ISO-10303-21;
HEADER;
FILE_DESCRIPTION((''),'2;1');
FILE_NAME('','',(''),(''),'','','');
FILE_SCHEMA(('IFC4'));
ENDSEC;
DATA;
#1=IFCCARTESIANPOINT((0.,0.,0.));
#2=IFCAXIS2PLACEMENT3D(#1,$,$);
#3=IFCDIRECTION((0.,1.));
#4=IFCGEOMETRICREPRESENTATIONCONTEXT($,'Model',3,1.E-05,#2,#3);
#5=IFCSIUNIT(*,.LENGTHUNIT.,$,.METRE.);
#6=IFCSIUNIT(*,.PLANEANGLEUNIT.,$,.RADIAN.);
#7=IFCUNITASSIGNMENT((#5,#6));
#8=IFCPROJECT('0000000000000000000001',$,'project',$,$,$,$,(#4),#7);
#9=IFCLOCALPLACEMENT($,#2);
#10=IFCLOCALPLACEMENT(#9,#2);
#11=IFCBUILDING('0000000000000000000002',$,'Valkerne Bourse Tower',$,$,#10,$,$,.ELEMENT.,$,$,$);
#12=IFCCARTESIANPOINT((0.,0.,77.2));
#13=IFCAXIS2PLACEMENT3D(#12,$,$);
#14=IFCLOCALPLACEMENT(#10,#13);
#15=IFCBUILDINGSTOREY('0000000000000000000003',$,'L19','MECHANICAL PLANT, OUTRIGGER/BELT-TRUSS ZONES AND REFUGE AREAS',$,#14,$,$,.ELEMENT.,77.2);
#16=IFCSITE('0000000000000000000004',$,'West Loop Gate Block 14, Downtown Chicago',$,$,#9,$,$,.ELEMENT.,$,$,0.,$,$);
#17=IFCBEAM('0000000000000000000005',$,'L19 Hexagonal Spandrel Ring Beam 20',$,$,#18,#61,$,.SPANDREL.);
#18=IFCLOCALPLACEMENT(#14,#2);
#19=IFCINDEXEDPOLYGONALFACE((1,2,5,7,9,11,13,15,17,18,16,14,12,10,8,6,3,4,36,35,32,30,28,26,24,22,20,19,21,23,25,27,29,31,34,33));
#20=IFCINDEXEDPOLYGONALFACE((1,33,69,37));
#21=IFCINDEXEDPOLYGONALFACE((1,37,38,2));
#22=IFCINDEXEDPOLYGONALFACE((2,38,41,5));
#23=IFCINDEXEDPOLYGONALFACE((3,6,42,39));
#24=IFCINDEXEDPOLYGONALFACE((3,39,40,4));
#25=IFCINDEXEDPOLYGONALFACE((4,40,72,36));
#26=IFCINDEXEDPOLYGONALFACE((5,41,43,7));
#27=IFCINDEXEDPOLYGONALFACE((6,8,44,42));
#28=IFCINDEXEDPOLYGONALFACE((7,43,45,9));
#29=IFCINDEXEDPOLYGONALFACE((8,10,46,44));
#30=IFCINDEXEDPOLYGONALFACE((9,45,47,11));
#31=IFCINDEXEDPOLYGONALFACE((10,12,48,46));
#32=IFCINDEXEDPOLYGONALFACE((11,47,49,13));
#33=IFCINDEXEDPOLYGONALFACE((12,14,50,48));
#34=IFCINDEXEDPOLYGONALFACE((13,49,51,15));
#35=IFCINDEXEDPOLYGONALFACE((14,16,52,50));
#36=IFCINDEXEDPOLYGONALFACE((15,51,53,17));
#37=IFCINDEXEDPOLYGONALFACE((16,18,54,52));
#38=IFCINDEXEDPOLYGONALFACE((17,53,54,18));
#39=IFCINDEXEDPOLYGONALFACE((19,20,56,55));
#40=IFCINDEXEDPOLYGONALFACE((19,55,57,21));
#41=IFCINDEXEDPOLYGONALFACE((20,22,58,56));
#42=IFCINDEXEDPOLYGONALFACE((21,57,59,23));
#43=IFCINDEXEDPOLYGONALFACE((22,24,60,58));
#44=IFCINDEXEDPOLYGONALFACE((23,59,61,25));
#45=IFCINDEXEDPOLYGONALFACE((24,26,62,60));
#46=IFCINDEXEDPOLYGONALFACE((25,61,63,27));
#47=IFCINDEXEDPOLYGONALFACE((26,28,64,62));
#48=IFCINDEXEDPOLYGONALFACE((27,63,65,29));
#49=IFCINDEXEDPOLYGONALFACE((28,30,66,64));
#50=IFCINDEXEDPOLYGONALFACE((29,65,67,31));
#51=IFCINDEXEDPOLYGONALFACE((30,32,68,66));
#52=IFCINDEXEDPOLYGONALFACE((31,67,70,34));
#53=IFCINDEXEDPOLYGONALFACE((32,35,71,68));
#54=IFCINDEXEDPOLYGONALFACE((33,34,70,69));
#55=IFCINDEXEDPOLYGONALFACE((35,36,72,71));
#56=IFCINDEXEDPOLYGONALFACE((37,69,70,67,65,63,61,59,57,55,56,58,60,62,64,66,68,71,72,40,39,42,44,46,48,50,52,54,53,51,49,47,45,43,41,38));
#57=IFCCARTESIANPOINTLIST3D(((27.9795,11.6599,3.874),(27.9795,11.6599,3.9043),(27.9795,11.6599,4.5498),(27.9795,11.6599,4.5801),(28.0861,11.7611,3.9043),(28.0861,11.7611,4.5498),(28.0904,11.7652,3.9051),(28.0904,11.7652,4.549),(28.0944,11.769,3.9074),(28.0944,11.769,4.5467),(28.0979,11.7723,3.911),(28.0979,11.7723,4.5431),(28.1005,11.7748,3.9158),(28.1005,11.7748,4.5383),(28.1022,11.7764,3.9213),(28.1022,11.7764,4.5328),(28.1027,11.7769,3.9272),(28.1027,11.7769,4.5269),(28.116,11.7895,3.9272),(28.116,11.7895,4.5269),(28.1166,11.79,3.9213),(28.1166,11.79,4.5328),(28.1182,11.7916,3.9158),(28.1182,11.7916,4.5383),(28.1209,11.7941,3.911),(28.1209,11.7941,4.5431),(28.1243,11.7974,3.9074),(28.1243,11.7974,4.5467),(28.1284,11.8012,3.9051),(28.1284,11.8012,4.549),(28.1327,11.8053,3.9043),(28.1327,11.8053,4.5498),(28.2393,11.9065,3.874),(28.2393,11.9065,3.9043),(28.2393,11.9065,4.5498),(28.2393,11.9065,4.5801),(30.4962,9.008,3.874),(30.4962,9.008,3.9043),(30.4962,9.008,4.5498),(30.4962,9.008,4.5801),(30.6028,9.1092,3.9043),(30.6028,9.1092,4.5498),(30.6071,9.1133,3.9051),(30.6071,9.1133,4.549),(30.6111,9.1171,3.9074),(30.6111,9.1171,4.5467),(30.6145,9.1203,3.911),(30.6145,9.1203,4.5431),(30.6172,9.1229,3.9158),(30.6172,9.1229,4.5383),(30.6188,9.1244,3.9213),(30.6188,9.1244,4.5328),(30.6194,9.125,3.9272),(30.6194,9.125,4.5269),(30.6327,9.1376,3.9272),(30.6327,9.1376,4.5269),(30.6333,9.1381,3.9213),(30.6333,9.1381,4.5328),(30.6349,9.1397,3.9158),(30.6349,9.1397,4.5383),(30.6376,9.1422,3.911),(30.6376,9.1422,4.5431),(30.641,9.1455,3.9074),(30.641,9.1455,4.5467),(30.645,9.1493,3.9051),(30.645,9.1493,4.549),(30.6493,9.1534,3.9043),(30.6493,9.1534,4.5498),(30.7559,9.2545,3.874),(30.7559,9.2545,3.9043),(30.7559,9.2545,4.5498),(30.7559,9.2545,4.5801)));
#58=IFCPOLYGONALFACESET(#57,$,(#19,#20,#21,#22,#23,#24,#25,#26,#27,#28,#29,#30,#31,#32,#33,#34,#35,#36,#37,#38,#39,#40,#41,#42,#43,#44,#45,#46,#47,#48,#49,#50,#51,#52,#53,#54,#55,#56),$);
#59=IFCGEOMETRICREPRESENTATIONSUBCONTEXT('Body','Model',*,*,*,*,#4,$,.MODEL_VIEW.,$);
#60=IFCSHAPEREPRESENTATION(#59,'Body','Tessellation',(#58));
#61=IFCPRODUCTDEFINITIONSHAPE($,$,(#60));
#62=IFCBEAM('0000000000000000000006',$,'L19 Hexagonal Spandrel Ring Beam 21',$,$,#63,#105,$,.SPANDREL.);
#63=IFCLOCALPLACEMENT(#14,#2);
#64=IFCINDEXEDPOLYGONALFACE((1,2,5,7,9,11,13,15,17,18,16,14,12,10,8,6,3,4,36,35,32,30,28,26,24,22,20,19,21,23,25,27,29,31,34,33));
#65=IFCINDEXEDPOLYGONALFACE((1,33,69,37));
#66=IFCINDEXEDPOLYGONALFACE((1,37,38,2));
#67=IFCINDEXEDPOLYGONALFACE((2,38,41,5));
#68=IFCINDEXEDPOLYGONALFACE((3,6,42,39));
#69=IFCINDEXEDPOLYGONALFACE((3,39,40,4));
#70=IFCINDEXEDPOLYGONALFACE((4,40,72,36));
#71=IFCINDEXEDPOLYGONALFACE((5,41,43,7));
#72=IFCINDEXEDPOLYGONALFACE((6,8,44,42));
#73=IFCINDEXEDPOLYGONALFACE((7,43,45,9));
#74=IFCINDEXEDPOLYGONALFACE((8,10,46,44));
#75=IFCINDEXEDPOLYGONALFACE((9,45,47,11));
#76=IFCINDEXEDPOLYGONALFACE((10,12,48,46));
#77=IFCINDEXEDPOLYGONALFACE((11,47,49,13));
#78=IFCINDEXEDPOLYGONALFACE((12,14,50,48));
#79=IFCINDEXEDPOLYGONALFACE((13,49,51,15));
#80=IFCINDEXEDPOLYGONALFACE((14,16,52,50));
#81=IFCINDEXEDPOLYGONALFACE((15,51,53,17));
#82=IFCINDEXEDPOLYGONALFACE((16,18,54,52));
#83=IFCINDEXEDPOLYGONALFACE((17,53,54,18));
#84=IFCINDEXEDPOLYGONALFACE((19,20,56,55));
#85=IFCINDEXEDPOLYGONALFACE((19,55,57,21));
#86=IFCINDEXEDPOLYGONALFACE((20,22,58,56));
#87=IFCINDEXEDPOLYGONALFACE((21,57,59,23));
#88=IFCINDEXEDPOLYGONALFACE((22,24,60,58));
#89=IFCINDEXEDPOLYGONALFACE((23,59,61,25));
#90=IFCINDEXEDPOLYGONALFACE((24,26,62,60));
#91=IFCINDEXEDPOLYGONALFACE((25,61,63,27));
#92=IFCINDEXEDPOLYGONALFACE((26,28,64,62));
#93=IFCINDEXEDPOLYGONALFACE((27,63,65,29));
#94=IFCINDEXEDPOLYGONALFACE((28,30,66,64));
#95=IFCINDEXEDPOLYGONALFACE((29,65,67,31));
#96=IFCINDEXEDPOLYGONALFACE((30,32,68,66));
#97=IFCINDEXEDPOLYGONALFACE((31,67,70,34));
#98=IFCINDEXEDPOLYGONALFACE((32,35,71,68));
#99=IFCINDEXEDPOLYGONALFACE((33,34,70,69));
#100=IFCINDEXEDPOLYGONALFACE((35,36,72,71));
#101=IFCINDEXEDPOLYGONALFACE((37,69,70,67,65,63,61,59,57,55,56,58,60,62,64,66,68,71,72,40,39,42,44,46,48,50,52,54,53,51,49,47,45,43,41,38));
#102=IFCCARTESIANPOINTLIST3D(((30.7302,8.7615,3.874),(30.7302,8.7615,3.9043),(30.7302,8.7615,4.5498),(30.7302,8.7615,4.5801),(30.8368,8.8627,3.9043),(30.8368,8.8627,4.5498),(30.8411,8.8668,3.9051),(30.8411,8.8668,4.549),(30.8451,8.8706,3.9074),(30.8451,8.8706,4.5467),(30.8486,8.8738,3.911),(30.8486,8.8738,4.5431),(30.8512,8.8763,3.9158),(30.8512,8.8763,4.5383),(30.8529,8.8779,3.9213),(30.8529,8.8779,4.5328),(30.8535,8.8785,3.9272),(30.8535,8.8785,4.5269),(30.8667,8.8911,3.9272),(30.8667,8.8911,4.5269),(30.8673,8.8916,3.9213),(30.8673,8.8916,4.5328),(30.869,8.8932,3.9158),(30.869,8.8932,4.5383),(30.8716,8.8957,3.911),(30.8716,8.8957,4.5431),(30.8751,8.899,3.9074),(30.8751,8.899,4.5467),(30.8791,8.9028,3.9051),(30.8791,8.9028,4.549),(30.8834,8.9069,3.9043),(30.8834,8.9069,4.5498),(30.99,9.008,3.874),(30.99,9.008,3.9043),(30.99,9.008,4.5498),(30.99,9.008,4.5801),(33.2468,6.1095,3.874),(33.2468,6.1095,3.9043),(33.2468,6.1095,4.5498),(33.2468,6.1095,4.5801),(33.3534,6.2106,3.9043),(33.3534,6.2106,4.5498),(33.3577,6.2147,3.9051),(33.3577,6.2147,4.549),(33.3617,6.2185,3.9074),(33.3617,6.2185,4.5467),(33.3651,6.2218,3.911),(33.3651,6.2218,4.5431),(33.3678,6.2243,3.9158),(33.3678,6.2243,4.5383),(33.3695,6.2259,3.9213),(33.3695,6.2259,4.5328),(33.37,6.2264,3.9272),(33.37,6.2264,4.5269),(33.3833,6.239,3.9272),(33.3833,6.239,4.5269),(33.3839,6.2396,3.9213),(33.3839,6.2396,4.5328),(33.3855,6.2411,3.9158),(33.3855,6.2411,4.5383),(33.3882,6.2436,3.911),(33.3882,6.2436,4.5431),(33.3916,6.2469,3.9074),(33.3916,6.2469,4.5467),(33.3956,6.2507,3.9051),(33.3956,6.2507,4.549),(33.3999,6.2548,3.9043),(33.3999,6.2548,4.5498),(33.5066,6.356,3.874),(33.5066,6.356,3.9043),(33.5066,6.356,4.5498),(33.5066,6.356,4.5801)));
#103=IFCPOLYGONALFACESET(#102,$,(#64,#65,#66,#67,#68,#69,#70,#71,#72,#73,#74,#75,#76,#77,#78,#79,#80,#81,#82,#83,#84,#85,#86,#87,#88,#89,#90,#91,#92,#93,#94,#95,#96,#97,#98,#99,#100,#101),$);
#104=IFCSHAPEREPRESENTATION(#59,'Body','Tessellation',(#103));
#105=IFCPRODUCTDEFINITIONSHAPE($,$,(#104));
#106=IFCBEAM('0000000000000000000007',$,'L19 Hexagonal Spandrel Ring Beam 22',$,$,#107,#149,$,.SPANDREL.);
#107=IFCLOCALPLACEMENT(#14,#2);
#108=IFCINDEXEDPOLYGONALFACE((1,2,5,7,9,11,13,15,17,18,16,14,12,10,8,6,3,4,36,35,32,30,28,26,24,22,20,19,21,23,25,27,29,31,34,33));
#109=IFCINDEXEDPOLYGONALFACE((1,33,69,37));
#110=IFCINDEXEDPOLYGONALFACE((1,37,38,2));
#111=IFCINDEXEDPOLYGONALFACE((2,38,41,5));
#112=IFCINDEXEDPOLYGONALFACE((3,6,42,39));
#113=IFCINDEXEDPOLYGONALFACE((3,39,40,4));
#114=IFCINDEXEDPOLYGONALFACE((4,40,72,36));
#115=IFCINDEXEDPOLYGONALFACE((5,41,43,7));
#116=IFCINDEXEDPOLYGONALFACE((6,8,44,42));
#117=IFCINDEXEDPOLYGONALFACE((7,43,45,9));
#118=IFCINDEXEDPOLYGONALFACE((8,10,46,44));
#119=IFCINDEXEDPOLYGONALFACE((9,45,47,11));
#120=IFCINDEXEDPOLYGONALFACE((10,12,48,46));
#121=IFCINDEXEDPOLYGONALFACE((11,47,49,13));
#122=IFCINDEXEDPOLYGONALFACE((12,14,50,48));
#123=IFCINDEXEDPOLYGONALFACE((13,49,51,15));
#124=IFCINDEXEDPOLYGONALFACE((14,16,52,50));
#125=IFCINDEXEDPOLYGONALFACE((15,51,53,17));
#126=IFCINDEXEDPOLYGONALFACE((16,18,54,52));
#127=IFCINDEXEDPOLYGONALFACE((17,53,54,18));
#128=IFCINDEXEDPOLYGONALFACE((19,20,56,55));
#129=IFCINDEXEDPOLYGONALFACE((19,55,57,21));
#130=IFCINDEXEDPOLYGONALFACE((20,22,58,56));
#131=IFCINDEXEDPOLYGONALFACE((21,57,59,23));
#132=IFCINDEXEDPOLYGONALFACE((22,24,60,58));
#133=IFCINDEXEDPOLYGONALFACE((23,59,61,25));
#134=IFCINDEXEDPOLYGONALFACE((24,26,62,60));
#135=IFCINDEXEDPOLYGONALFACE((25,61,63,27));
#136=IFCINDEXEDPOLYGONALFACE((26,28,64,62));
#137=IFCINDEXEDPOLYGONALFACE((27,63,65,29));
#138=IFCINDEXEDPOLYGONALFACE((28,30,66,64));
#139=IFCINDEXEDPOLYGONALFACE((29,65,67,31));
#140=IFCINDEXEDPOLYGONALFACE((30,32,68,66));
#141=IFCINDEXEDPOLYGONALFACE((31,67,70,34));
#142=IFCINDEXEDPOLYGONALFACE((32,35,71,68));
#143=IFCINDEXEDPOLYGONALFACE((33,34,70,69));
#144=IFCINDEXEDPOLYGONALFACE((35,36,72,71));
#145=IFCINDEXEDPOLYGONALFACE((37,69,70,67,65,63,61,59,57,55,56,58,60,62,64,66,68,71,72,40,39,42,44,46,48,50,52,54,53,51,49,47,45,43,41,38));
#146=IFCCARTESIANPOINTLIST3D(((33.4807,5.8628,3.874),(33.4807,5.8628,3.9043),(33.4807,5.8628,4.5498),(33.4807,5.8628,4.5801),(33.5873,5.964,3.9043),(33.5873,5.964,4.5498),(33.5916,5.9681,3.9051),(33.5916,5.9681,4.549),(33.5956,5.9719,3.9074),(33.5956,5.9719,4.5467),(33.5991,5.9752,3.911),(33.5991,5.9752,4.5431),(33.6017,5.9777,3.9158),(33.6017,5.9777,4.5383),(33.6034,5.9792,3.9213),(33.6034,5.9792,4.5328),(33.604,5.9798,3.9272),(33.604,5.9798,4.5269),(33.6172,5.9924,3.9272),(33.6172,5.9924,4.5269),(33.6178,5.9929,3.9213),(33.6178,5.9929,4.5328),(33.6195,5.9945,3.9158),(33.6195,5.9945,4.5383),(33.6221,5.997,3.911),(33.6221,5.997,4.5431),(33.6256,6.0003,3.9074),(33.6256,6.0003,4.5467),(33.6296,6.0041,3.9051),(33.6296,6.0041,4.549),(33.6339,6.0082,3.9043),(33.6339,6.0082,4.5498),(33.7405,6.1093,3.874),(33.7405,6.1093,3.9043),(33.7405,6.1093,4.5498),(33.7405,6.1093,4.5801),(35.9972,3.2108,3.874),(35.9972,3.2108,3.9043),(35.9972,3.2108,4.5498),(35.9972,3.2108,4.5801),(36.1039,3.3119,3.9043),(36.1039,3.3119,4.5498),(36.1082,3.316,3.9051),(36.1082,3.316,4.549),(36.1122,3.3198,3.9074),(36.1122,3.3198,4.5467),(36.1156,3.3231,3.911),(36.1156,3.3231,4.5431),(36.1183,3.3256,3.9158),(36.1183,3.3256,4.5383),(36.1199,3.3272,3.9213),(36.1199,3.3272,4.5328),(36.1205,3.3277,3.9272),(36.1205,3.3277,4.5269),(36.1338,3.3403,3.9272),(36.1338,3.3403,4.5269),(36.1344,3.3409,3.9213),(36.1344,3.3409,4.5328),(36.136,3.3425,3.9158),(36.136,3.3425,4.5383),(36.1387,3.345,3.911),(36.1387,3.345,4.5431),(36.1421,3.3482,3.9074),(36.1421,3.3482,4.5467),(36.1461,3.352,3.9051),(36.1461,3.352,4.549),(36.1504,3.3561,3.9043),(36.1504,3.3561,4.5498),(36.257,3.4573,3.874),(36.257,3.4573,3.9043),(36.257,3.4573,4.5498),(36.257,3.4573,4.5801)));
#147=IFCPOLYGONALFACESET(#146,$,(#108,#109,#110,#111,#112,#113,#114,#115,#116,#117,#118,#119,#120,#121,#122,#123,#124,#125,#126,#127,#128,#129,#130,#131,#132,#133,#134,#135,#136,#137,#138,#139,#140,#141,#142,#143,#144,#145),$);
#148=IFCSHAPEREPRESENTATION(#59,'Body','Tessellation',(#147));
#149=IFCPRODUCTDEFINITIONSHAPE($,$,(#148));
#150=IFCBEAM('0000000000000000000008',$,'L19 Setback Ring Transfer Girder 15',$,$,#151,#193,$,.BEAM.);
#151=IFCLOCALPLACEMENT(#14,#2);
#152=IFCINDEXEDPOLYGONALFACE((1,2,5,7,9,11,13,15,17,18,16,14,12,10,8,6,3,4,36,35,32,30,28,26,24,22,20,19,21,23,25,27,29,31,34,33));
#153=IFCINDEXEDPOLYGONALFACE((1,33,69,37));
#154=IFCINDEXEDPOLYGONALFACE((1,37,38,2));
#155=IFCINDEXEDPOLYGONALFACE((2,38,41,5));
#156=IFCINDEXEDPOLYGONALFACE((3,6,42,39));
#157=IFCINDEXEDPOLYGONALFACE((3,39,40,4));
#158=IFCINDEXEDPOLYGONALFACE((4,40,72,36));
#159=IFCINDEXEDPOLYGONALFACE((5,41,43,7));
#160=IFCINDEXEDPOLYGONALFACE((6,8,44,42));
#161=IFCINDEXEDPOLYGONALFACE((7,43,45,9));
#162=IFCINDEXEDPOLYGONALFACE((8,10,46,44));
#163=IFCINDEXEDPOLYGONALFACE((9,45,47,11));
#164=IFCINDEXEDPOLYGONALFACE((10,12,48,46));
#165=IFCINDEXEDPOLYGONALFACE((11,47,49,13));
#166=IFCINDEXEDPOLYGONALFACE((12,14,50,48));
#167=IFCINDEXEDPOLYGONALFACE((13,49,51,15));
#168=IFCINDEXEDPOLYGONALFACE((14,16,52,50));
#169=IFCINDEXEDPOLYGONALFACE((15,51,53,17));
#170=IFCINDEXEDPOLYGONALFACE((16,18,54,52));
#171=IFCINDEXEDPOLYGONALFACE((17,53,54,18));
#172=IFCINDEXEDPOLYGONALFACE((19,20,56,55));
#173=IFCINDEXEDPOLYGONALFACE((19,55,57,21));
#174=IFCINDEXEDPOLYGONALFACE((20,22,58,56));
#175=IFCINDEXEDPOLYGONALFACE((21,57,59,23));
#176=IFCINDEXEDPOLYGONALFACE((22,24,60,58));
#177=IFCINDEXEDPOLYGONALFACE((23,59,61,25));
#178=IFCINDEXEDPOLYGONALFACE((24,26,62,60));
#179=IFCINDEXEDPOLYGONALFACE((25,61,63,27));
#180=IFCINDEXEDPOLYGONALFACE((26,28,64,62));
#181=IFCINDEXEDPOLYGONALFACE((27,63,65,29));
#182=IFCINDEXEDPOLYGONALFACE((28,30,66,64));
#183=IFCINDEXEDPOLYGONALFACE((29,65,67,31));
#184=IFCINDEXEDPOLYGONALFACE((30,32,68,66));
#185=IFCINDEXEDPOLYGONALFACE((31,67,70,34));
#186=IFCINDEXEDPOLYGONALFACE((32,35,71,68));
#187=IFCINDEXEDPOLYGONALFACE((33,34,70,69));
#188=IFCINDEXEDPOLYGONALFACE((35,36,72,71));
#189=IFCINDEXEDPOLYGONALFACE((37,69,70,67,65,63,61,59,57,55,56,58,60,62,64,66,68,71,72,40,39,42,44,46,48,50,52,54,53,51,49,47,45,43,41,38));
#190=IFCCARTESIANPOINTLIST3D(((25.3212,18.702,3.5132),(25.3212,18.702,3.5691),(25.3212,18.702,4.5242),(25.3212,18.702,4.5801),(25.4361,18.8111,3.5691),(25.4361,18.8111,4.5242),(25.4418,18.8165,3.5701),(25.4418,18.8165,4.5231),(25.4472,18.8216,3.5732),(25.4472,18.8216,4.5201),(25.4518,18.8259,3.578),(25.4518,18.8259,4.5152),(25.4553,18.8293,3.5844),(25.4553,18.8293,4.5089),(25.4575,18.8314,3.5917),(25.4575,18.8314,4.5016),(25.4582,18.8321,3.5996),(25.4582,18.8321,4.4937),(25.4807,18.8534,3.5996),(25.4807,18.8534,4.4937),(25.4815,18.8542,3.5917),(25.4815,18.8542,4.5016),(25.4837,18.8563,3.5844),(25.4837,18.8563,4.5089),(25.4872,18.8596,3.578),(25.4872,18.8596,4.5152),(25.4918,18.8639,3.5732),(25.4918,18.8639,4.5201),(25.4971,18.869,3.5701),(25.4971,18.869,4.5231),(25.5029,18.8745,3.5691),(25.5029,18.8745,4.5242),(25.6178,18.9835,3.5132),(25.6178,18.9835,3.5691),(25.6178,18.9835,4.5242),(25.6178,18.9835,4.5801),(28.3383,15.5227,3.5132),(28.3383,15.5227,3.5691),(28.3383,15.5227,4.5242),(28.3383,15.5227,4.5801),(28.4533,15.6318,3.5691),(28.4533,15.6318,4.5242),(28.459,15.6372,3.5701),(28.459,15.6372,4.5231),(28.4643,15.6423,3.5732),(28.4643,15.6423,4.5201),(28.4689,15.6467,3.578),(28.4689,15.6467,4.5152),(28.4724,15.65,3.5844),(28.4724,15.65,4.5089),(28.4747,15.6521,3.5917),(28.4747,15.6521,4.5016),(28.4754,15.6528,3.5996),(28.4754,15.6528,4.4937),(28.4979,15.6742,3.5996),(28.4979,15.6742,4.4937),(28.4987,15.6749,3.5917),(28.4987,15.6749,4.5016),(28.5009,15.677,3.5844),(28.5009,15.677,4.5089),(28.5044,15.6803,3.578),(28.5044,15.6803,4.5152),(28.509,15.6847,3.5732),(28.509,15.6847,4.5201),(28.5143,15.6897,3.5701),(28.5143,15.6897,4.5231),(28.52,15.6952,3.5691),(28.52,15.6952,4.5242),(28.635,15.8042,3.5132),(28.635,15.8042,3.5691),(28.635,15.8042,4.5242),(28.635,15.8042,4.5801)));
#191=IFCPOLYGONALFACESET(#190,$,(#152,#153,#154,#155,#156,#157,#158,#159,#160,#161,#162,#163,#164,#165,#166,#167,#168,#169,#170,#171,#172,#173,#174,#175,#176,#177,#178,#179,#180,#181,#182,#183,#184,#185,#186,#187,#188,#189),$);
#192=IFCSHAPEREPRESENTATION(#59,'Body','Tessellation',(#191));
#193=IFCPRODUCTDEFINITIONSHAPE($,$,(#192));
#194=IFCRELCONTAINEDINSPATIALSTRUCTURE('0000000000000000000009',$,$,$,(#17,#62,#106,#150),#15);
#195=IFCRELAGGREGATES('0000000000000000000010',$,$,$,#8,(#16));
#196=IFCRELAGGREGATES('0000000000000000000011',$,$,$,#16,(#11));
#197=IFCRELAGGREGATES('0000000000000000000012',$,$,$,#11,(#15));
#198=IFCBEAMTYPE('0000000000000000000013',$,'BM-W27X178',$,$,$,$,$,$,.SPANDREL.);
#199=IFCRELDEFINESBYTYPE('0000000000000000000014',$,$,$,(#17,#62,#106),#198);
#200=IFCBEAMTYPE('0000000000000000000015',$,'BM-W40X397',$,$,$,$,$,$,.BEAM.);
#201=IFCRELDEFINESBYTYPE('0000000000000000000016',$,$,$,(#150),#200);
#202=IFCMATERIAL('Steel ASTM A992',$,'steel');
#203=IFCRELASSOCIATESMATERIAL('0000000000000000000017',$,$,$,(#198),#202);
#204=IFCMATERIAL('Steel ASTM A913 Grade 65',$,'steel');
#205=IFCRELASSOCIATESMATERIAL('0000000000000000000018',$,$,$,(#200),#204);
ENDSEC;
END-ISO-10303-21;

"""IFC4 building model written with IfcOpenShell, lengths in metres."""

from ifc_helpers import new_model, si_unit, direction, frame, origin, origin_2d, place, context, subcontext, project, spatial, i_section, extrude, material, material_profile, profile_set, type_object, element, save


model = new_model("IFC4")

# Units and contexts
model_context = context("Model", 3, precision=1e-05, world=origin(), true_north=direction((0.0, 1.0)))
body_context = subcontext(model_context, "Body", "Model", "MODEL_VIEW")
ifc_project = project(units=[si_unit("LENGTHUNIT", "METRE"), si_unit("PLANEANGLEUNIT", "RADIAN")], contexts=[model_context])

# Site, building, storey
site_placement = place(None, origin())
site = spatial("IfcSite", under=ifc_project, at=site_placement, Name="West Loop Gate Block 14, Downtown Chicago", CompositionType="ELEMENT", RefElevation=0.0)
building_placement = place(site_placement, origin())
building = spatial("IfcBuilding", under=site, at=building_placement, Name="Valkerne Bourse Tower", CompositionType="ELEMENT")
storey_placement = place(building_placement, frame((0.0, 0.0, 77.2)))
storey = spatial("IfcBuildingStorey", under=building, at=storey_placement, Name="L19", Description="MECHANICAL PLANT, OUTRIGGER/BELT-TRUSS ZONES AND REFUGE AREAS", CompositionType="ELEMENT", Elevation=77.2)

# Shared definitions
ifc_material_1 = material(Name="Steel ASTM A913 Grade 65", Category="steel")

# Beams
ifc_material_2 = material(Name="Steel ASTM A992", Category="steel")
ifc_material_profile_1 = material_profile(ifc_material_2, i_section(OverallWidth=0.3582, OverallDepth=0.7061, WebThickness=0.0183, FlangeThickness=0.0303, FilletRadius=0.0229, at=origin_2d()), Name="W27X178")
ifc_profile_set_1 = profile_set([ifc_material_profile_1], Name="Steel ASTM A992")
beam_type_1 = type_object("IfcBeamType", Name="BM-W27X178", PredefinedType="SPANDREL", material=ifc_profile_set_1)
for number, where, z_axis, x_axis, name in (
    (1, (28.1094, 11.7832, 4.2271), (0.688367, -0.725363, 0.0), (0.725363, 0.688367, 0.0), "L19 Hexagonal Spandrel Ring Beam 20"),
    (2, (30.8601, 8.8848, 4.2271), (0.688333, -0.725394, 0.0), (0.725394, 0.688333, 0.0), "L19 Hexagonal Spandrel Ring Beam 21"),
    (3, (33.6106, 5.9861, 4.2271), (0.688333, -0.725394, 0.0), (0.725394, 0.688333, 0.0), "L19 Hexagonal Spandrel Ring Beam 22"),
):
    element("IfcBeam", number, at=place(storey_placement, frame(where, z_axis=z_axis, x_axis=x_axis)), inside=storey, type_object=beam_type_1, Name=name, PredefinedType="SPANDREL", context=body_context, shape_type="SweptSolid", body=[
        extrude(i_section(OverallWidth=0.3582, OverallDepth=0.7061, WebThickness=0.0183, FlangeThickness=0.0303, FilletRadius=0.0229, at=origin_2d()), origin(), (0.0, 0.0, 1.0), 3.656),
    ])
ifc_material_profile_2 = material_profile(ifc_material_1, i_section(OverallWidth=0.4089, OverallDepth=1.0669, WebThickness=0.031, FlangeThickness=0.0559, FilletRadius=0.0305, at=origin_2d()), Name="W40X397")
ifc_profile_set_2 = profile_set([ifc_material_profile_2], Name="Steel ASTM A913 Grade 65")
beam_type_2 = type_object("IfcBeamType", Name="BM-W40X397", PredefinedType="BEAM", material=ifc_profile_set_2)
beam_1_placement = place(storey_placement, frame((25.4695, 18.8428, 4.0466), z_axis=(0.688372, -0.725358, 0.0), x_axis=(0.725358, 0.688372, 0.0)))
element("IfcBeam", 4, at=beam_1_placement, inside=storey, type_object=beam_type_2, Name="L19 Setback Ring Transfer Girder 15", PredefinedType="BEAM", context=body_context, shape_type="SweptSolid", body=[
    extrude(i_section(OverallWidth=0.4089, OverallDepth=1.0669, WebThickness=0.031, FlangeThickness=0.0559, FilletRadius=0.0305, at=origin_2d()), origin(), (0.0, 0.0, 1.0), 4.3831),
])

save(model, "model.ifc")
